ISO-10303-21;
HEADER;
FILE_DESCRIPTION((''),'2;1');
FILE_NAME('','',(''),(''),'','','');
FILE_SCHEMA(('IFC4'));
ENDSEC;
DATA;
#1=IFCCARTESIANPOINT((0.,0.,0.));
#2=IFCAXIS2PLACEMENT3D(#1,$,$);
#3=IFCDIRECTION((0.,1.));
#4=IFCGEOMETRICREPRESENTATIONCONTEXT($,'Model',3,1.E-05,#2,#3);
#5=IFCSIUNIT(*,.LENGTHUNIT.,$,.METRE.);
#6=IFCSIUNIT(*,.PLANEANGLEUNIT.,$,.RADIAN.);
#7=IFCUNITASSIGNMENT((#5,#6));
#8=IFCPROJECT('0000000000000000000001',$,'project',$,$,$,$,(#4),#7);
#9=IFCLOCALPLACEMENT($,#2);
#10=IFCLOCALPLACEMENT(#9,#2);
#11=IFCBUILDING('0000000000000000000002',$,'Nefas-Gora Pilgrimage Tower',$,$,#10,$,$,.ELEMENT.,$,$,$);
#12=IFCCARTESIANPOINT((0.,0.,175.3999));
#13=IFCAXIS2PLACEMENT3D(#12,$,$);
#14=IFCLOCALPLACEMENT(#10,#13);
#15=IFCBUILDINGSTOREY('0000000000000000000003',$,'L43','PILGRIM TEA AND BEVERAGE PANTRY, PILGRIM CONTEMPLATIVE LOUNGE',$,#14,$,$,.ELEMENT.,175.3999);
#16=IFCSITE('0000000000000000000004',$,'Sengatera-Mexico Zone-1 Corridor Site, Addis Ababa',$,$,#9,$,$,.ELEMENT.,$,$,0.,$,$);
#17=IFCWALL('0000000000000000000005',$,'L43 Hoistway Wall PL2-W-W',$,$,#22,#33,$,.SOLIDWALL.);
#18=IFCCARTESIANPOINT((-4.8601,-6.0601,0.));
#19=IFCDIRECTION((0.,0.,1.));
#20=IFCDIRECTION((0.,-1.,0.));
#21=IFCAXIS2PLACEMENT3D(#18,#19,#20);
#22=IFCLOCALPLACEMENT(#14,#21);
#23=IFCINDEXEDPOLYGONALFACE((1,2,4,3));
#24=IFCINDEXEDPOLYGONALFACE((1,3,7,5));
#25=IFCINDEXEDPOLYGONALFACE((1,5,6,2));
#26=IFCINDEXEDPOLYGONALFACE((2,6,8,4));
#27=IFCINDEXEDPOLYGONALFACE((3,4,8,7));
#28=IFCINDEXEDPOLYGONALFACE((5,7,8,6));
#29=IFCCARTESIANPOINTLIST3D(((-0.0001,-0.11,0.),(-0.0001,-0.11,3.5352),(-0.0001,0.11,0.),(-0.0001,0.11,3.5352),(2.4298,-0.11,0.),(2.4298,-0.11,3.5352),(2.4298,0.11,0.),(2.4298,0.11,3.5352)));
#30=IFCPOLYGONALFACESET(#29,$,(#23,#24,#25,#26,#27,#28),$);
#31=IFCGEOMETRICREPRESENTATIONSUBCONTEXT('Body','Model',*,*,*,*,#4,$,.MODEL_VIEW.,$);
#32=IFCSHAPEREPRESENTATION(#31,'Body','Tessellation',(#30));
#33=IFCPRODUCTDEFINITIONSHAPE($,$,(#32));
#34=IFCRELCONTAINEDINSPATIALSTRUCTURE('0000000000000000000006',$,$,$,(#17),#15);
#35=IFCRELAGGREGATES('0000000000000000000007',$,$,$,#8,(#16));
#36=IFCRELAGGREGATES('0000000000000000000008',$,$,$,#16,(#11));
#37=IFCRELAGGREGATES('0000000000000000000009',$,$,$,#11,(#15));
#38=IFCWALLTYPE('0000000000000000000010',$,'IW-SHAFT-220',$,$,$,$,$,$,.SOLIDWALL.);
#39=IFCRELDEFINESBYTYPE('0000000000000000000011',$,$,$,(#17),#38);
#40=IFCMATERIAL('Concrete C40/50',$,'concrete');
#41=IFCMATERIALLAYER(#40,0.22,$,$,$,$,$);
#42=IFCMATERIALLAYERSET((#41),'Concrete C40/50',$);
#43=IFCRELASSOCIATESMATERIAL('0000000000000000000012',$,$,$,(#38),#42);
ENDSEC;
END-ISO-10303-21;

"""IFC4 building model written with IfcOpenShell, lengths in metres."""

from ifc_helpers import new_model, si_unit, direction, frame, frame_2d, origin, place, context, subcontext, project, spatial, rectangle, extrude, source, transform, mapped, material, layer, layer_set, type_object, element, save


model = new_model("IFC4")

# Units and contexts
model_context = context("Model", 3, precision=1e-05, world=origin(), true_north=direction((0.0, 1.0)))
body_context = subcontext(model_context, "Body", "Model", "MODEL_VIEW")
ifc_project = project(units=[si_unit("LENGTHUNIT", "METRE"), si_unit("PLANEANGLEUNIT", "RADIAN")], contexts=[model_context])

# Site, building, storey
site_placement = place(None, origin())
site = spatial("IfcSite", under=ifc_project, at=site_placement, Name="Sengatera-Mexico Zone-1 Corridor Site, Addis Ababa", CompositionType="ELEMENT", RefElevation=0.0)
building_placement = place(site_placement, origin())
building = spatial("IfcBuilding", under=site, at=building_placement, Name="Nefas-Gora Pilgrimage Tower", CompositionType="ELEMENT")
storey_placement = place(building_placement, frame((0.0, 0.0, 175.3999)))
storey = spatial("IfcBuildingStorey", under=building, at=storey_placement, Name="L43", Description="PILGRIM TEA AND BEVERAGE PANTRY, PILGRIM CONTEMPLATIVE LOUNGE", CompositionType="ELEMENT", Elevation=175.3999)

# Wall
ifc_material_1 = material(Name="Concrete C40/50", Category="concrete")
ifc_layer_1 = layer(ifc_material_1, 0.22)
ifc_layer_set_1 = layer_set([ifc_layer_1], Name="Concrete C40/50")
wall_type_1 = type_object("IfcWallType", Name="IW-SHAFT-220", PredefinedType="SOLIDWALL", material=ifc_layer_set_1)
shared_shape_1 = source(origin(), body_context, "Body", "SweptSolid", [
    extrude(rectangle(XDim=2.4299, YDim=0.22, at=frame_2d((1.2148, 0.0))), origin(), (0.0, 0.0, 1.0), 3.5352),
])
wall_1_placement = place(storey_placement, frame((-4.8601, -6.0601, 0.0), z_axis=(0.0, 0.0, 1.0), x_axis=(0.0, -1.0, 0.0)))
element("IfcWall", 1, at=wall_1_placement, inside=storey, type_object=wall_type_1, Name="L43 Hoistway Wall PL2-W-W", PredefinedType="SOLIDWALL", context=body_context, shape_type="MappedRepresentation", body=[
    mapped(shared_shape_1, transform((0.0, 0.0, 0.0), x_axis=(1.0, 0.0, 0.0), y_axis=(0.0, 1.0, 0.0), z_axis=(0.0, 0.0, 1.0), scale=1.0)),
])

save(model, "model.ifc")
